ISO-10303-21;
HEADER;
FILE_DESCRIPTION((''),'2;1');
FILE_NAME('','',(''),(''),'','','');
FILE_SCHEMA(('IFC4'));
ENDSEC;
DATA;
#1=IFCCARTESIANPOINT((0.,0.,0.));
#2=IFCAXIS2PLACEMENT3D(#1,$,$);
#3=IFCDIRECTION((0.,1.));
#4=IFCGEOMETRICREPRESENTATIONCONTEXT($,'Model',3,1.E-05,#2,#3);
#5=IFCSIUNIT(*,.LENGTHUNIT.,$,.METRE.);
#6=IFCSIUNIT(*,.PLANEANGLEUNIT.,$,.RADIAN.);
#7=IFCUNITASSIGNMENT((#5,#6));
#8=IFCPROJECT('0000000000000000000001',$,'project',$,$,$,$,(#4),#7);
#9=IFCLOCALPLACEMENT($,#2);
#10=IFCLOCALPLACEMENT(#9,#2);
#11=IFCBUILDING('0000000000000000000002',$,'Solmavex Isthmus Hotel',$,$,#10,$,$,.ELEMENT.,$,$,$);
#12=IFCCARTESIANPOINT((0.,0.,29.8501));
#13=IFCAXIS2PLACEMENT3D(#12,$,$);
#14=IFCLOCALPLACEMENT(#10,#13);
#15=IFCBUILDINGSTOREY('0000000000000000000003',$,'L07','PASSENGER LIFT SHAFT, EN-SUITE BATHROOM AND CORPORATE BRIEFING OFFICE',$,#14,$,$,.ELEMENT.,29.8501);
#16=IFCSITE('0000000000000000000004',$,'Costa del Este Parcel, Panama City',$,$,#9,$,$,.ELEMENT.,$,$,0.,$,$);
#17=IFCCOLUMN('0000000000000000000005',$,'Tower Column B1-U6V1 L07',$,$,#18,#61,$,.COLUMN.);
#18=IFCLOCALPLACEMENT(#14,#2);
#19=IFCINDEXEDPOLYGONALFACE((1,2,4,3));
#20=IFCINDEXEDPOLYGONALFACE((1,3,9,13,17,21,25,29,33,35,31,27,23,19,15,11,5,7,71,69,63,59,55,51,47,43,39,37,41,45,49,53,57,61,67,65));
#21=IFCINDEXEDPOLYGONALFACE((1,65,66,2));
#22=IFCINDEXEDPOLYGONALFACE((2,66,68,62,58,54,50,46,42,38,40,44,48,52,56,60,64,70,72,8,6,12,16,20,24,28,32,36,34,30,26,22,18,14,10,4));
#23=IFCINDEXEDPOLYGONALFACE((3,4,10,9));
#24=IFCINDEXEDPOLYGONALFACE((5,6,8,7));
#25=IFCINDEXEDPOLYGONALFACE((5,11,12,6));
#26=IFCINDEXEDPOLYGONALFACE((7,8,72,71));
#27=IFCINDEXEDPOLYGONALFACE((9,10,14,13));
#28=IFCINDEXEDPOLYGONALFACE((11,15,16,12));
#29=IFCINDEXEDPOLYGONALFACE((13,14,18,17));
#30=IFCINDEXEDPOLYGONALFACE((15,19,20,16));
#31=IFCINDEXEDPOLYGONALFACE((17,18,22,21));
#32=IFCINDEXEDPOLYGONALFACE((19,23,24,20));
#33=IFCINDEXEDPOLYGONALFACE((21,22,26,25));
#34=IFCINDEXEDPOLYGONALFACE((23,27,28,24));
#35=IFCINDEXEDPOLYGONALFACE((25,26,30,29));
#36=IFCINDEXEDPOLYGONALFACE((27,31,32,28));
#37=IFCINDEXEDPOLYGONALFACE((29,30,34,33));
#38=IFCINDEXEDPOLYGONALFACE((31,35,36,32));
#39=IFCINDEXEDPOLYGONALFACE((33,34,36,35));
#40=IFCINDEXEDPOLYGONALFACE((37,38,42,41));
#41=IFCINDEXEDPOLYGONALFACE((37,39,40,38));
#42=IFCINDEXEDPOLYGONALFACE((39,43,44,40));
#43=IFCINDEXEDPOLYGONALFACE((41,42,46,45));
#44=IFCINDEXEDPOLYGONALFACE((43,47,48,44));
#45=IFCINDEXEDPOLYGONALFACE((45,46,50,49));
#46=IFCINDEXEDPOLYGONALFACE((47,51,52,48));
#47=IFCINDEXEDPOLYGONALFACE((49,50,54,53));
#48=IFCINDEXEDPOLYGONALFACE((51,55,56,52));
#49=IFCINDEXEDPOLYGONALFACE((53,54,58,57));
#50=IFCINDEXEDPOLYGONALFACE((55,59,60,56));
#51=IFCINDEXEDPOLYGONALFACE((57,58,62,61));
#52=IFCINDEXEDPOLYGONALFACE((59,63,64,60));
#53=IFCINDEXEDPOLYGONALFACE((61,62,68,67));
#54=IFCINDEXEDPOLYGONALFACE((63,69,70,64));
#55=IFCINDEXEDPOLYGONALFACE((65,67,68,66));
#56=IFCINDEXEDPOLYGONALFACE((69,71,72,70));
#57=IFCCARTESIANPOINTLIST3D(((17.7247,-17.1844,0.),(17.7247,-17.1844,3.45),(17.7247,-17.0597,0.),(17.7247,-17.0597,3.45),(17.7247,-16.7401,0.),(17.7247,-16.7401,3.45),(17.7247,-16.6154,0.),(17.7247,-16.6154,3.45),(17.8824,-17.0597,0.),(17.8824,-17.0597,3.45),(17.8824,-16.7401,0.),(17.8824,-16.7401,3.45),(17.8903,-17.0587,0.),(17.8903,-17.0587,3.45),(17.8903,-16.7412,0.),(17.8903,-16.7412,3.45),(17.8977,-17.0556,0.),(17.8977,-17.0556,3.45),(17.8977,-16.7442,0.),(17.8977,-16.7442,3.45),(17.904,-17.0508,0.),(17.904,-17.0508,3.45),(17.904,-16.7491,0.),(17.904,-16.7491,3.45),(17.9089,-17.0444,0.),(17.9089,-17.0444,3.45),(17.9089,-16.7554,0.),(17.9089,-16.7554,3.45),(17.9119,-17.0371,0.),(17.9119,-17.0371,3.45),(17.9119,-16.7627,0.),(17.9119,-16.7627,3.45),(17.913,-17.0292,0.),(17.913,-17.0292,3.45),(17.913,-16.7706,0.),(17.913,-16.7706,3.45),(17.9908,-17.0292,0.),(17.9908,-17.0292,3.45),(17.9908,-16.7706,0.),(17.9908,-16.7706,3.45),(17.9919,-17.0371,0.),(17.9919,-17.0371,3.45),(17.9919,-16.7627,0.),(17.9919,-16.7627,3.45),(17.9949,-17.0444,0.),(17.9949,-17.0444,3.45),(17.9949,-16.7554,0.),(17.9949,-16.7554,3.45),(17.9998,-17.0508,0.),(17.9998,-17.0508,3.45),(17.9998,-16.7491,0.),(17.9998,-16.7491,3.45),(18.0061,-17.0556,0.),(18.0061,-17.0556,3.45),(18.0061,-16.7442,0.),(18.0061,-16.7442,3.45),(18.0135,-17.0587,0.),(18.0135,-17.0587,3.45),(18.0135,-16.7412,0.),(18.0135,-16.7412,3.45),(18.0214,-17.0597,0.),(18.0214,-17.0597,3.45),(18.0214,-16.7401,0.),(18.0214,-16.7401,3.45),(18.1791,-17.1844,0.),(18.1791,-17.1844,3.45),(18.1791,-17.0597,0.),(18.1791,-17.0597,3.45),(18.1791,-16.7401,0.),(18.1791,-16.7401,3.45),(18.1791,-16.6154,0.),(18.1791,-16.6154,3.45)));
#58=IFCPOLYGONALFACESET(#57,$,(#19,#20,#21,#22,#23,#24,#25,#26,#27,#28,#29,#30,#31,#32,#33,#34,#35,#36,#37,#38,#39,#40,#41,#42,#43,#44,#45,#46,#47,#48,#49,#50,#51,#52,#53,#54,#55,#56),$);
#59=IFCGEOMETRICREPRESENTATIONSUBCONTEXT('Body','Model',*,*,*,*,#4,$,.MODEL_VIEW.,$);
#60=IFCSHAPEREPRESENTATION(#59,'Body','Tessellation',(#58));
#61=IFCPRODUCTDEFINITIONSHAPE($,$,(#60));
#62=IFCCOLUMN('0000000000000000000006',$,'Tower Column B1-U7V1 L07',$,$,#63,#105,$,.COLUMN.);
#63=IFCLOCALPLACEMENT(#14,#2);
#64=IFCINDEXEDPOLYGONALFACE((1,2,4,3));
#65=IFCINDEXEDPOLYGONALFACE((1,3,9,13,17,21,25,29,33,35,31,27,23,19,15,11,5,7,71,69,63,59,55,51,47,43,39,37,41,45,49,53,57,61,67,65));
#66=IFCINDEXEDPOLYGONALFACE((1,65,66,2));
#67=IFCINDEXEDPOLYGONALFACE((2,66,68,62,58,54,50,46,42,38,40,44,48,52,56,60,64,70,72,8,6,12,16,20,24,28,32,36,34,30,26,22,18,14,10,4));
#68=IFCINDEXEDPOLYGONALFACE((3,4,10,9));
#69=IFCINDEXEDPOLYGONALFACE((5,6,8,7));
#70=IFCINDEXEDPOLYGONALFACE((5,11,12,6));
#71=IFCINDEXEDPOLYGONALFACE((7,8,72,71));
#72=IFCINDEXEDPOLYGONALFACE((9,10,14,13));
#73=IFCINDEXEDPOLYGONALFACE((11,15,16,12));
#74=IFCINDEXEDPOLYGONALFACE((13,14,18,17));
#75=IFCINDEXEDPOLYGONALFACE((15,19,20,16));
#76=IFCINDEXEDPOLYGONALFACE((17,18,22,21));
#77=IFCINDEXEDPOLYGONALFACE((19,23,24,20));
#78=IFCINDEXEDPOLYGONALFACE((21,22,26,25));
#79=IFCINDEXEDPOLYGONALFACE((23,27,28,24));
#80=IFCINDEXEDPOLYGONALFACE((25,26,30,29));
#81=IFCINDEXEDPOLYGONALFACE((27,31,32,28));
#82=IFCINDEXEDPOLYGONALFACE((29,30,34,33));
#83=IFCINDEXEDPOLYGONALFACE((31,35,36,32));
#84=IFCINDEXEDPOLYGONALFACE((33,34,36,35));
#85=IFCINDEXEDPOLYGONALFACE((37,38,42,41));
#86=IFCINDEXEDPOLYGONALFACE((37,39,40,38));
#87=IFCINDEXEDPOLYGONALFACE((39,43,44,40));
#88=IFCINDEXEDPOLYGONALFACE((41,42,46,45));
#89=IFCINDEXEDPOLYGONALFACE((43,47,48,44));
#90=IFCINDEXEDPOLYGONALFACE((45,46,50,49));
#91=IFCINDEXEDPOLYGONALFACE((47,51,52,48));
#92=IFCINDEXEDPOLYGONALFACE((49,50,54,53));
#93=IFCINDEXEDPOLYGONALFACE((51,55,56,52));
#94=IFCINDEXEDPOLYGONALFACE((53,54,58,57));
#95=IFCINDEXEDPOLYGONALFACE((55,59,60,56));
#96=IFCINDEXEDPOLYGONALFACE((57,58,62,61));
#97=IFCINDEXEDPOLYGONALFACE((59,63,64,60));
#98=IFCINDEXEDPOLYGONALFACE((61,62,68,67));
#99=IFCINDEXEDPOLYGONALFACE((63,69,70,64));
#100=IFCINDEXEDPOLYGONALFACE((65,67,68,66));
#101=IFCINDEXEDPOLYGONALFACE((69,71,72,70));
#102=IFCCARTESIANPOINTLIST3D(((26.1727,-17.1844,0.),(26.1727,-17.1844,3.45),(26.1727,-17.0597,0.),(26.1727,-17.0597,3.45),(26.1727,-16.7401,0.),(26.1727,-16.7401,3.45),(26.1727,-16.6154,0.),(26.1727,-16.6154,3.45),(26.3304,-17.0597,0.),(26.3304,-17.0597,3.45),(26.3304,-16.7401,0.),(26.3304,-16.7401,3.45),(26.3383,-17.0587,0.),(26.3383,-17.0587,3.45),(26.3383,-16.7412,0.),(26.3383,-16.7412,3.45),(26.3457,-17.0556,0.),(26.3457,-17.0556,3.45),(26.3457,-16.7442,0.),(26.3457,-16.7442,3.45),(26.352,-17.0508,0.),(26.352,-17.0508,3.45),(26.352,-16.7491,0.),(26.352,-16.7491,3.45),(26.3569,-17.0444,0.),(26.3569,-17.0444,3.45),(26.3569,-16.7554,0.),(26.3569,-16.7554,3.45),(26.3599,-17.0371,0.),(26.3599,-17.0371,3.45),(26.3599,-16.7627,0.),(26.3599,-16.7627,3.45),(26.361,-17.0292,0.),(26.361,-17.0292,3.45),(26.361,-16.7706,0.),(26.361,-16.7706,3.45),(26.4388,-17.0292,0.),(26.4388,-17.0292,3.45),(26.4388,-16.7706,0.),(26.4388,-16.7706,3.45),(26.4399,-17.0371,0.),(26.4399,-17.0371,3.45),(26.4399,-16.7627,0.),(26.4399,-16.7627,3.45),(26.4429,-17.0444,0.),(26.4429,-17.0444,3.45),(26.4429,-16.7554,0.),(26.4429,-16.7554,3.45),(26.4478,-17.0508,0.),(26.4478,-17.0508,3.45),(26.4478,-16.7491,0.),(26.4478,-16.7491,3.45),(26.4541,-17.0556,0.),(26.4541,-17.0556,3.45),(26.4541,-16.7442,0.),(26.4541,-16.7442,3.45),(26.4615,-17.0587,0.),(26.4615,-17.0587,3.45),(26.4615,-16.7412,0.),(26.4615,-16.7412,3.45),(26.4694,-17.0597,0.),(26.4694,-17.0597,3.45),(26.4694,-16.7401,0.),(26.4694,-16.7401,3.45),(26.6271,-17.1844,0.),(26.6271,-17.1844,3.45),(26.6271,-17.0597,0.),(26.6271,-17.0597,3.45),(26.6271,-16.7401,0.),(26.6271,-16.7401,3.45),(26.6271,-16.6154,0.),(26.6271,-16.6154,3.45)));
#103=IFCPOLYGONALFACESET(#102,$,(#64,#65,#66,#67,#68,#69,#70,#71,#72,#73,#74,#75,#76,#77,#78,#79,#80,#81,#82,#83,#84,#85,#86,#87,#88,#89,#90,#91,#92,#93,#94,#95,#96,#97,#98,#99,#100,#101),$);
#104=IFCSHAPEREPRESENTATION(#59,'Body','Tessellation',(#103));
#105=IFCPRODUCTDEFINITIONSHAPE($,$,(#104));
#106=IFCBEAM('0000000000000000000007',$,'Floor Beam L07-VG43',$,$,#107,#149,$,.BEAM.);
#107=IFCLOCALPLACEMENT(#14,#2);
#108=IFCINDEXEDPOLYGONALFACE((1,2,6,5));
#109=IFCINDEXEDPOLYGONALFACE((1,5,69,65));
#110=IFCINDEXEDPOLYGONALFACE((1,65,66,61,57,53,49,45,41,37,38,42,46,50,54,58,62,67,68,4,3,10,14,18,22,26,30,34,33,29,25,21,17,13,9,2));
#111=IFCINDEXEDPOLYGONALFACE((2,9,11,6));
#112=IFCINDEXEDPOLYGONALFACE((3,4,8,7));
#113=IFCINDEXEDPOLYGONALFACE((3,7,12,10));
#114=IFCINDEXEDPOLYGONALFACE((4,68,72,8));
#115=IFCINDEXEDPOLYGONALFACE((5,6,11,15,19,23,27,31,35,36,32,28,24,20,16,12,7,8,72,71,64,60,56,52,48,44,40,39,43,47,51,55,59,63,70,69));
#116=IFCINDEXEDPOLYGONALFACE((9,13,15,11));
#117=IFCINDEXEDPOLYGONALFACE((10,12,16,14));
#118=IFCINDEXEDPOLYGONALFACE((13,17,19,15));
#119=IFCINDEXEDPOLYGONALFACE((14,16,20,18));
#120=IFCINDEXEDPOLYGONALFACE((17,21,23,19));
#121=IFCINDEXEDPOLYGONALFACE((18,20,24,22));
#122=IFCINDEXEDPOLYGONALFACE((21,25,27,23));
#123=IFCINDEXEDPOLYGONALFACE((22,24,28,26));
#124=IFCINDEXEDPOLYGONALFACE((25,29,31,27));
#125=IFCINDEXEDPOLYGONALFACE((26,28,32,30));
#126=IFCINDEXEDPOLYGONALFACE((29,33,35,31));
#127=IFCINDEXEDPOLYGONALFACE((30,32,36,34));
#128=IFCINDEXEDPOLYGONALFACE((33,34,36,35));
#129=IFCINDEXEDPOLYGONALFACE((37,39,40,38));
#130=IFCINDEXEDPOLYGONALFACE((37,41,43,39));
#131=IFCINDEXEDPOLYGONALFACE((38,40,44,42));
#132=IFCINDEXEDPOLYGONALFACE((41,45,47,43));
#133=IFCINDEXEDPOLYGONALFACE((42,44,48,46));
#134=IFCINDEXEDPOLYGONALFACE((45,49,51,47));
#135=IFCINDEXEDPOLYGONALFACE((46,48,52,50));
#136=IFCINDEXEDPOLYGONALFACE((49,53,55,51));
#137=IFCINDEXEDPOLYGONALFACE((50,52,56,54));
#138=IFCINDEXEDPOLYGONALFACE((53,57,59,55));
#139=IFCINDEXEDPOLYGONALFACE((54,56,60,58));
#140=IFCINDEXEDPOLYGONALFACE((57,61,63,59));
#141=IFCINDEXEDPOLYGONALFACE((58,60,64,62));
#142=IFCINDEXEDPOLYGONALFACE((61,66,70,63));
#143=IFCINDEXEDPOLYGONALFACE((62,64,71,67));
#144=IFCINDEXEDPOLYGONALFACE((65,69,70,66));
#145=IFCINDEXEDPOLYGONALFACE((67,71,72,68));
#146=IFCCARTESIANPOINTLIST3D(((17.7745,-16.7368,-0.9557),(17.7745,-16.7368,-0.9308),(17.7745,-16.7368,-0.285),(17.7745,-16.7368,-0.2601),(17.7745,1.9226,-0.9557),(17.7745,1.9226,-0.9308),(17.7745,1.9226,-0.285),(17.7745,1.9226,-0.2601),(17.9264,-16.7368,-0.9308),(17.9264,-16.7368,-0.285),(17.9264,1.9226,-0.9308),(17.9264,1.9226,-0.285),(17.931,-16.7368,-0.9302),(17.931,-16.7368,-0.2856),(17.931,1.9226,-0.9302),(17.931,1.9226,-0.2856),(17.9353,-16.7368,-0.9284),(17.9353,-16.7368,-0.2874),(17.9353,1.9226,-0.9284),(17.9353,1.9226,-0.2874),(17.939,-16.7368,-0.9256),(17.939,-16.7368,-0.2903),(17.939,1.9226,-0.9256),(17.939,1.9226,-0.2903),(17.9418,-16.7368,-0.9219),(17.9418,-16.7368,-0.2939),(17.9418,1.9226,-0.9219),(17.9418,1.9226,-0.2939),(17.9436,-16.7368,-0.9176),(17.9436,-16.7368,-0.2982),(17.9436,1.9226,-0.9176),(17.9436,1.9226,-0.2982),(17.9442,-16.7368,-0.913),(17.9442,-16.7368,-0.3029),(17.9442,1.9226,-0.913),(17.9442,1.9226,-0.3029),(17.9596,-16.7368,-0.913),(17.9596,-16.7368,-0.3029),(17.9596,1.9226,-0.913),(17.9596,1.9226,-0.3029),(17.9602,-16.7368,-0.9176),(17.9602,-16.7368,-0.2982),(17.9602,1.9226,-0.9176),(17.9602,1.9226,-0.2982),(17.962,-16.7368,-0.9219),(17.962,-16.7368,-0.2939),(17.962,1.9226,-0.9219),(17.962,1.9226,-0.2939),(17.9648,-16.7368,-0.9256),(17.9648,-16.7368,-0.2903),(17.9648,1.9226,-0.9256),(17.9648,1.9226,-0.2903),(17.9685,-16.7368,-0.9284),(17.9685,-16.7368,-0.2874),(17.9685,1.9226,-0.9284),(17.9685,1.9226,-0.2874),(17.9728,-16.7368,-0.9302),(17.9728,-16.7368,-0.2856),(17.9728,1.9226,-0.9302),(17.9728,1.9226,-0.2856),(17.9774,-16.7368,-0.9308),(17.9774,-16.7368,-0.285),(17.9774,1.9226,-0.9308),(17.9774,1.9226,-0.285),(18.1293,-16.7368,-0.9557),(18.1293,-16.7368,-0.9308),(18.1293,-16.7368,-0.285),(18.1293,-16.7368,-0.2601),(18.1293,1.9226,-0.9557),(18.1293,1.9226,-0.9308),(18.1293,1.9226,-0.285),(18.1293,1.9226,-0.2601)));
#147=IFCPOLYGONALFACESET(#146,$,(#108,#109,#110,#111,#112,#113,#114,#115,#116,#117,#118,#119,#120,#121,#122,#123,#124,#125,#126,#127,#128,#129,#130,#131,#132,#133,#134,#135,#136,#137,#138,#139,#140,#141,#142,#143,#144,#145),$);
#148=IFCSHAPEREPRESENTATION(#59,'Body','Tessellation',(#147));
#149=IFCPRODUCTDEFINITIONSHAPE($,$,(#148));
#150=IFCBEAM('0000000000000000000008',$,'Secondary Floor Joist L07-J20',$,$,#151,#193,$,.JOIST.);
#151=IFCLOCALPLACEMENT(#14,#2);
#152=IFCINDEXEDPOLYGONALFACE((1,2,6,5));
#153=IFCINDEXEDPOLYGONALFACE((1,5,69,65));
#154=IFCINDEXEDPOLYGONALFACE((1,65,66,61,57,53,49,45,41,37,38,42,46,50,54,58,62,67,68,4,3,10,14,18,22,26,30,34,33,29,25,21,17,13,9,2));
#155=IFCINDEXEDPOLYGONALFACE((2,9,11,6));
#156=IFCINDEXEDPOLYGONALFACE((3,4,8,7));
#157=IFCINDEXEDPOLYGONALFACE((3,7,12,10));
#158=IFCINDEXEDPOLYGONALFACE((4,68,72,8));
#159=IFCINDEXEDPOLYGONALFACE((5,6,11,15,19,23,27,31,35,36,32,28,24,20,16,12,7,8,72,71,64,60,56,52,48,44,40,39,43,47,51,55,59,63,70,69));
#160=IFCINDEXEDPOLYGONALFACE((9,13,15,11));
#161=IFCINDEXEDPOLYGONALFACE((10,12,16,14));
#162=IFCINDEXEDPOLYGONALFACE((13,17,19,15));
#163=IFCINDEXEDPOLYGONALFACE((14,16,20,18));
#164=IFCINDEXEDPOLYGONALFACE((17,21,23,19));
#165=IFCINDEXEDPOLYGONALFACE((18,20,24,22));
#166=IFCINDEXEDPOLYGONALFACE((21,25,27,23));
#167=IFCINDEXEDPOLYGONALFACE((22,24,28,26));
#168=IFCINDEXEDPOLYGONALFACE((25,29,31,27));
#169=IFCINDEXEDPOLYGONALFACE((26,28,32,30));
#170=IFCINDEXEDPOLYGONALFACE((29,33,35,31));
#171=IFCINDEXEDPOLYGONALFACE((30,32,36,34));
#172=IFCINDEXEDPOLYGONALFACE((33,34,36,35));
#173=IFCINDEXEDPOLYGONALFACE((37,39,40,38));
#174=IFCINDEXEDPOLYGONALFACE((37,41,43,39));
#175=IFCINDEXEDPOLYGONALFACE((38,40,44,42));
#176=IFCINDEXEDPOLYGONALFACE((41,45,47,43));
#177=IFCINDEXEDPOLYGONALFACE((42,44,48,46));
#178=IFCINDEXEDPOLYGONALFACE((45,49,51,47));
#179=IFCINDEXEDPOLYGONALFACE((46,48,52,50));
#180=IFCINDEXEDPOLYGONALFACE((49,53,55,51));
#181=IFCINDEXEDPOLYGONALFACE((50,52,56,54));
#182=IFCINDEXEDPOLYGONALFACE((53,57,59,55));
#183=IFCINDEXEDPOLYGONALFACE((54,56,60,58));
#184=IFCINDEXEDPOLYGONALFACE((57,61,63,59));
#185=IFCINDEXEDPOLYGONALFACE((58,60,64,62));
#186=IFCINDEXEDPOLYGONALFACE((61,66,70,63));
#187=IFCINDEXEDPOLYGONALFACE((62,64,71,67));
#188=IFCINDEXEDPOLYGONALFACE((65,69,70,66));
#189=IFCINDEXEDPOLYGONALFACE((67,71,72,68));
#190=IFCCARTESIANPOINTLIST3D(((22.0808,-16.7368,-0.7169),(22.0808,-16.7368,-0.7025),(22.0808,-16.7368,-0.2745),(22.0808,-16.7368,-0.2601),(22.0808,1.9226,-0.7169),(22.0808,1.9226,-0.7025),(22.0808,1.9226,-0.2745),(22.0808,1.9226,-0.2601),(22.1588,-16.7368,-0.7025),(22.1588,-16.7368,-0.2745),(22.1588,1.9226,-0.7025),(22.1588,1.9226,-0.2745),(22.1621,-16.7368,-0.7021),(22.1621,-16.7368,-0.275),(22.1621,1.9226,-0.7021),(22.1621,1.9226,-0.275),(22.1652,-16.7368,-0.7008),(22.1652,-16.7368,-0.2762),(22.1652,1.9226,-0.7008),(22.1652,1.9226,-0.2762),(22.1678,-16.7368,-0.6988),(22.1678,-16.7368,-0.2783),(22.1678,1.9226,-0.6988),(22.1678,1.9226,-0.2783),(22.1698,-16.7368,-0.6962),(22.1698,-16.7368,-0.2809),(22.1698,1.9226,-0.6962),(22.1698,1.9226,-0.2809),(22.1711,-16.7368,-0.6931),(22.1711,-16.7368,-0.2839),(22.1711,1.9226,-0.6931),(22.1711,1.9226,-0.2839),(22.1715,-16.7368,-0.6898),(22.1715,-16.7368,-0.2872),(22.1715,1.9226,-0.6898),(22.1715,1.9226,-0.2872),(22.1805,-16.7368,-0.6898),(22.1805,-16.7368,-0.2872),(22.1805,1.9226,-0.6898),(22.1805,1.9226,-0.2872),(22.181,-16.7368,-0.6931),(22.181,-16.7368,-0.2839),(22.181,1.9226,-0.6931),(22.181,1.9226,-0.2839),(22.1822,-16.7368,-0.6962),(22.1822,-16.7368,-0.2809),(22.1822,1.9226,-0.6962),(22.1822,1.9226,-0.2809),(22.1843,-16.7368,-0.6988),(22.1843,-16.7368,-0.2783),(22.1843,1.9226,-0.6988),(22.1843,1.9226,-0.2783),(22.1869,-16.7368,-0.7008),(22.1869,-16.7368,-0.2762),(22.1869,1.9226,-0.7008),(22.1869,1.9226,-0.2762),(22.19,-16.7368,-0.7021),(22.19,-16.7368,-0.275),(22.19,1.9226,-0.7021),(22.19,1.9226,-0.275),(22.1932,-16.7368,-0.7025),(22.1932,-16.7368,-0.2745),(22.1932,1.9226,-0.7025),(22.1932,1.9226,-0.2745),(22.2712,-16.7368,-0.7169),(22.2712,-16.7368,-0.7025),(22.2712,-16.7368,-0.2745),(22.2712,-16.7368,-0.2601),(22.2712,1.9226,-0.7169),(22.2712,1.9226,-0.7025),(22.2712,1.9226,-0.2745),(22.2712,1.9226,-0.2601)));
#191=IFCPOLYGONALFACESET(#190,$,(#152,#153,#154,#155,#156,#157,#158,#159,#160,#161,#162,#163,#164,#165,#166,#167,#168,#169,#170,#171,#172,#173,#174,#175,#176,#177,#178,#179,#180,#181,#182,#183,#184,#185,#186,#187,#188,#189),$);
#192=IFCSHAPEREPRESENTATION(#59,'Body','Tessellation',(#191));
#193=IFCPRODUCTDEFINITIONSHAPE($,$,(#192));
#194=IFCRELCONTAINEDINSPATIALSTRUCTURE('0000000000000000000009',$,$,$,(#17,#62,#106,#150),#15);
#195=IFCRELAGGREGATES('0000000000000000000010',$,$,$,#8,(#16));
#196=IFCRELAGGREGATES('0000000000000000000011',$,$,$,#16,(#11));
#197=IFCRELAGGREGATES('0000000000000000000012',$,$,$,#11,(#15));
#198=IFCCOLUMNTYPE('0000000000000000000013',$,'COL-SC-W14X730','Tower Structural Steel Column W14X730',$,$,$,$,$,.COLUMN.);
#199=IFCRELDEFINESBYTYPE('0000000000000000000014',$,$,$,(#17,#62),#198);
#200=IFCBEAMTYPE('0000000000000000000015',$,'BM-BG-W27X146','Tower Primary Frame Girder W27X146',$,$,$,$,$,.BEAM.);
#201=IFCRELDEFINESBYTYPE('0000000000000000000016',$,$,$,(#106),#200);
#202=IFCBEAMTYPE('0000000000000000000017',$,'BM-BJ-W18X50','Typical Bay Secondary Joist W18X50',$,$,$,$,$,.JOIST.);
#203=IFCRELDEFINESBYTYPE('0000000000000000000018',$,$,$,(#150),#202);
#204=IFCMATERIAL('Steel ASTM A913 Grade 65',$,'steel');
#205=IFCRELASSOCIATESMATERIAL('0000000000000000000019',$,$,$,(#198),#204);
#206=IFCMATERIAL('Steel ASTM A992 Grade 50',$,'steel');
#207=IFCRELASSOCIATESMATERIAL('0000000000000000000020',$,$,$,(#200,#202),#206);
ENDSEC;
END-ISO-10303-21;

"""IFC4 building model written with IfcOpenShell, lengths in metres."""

from ifc_helpers import new_model, si_unit, direction, frame, origin, origin_2d, place, context, subcontext, project, spatial, i_section, extrude, material, material_profile, profile_set, type_object, element, save


model = new_model("IFC4")

# Units and contexts
model_context = context("Model", 3, precision=1e-05, world=origin(), true_north=direction((0.0, 1.0)))
body_context = subcontext(model_context, "Body", "Model", "MODEL_VIEW")
ifc_project = project(units=[si_unit("LENGTHUNIT", "METRE"), si_unit("PLANEANGLEUNIT", "RADIAN")], contexts=[model_context])

# Site, building, storey
site_placement = place(None, origin())
site = spatial("IfcSite", under=ifc_project, at=site_placement, Name="Costa del Este Parcel, Panama City", CompositionType="ELEMENT", RefElevation=0.0)
building_placement = place(site_placement, origin())
building = spatial("IfcBuilding", under=site, at=building_placement, Name="Solmavex Isthmus Hotel", CompositionType="ELEMENT")
storey_placement = place(building_placement, frame((0.0, 0.0, 29.8501)))
storey = spatial("IfcBuildingStorey", under=building, at=storey_placement, Name="L07", Description="PASSENGER LIFT SHAFT, EN-SUITE BATHROOM AND CORPORATE BRIEFING OFFICE", CompositionType="ELEMENT", Elevation=29.8501)

# Columns
ifc_material_1 = material(Name="Steel ASTM A913 Grade 65", Category="steel")
ifc_material_profile_1 = material_profile(ifc_material_1, i_section(OverallWidth=0.4543, OverallDepth=0.5691, WebThickness=0.0779, FlangeThickness=0.1248, FilletRadius=0.0305, at=origin_2d()), Name="W14X730")
ifc_profile_set_1 = profile_set([ifc_material_profile_1], Name="Steel ASTM A913 Grade 65")
column_type = type_object("IfcColumnType", Name="COL-SC-W14X730", Description="Tower Structural Steel Column W14X730", PredefinedType="COLUMN", material=ifc_profile_set_1)
for number, where, z_axis, x_axis, name in (
    (1, (17.9519, -16.8999, 0.0), (0.0, 0.0, 1.0), (1.0, 0.0, 0.0), "Tower Column B1-U6V1 L07"),
    (2, (26.3999, -16.8999, 0.0), (0.0, 0.0, 1.0), (1.0, 0.0, 0.0), "Tower Column B1-U7V1 L07"),
):
    element("IfcColumn", number, at=place(storey_placement, frame(where, z_axis=z_axis, x_axis=x_axis)), inside=storey, type_object=column_type, Name=name, PredefinedType="COLUMN", context=body_context, shape_type="SweptSolid", body=[
        extrude(i_section(OverallWidth=0.4543, OverallDepth=0.5691, WebThickness=0.0779, FlangeThickness=0.1248, FilletRadius=0.0305, at=origin_2d()), origin(), (0.0, 0.0, 1.0), 3.45),
    ])

# Beams
ifc_material_2 = material(Name="Steel ASTM A992 Grade 50", Category="steel")
ifc_material_profile_2 = material_profile(ifc_material_2, i_section(OverallWidth=0.3547, OverallDepth=0.6956, WebThickness=0.0154, FlangeThickness=0.0249, FilletRadius=0.0178, at=origin_2d()), Name="W27X146")
ifc_profile_set_2 = profile_set([ifc_material_profile_2], Name="Steel ASTM A992 Grade 50")
beam_type_1 = type_object("IfcBeamType", Name="BM-BG-W27X146", Description="Tower Primary Frame Girder W27X146", PredefinedType="BEAM", material=ifc_profile_set_2)
beam_1_placement = place(storey_placement, frame((17.9519, -16.7368, -0.6079), z_axis=(0.0, 1.0, 0.0), x_axis=(-1.0, 0.0, 0.0)))
element("IfcBeam", 3, at=beam_1_placement, inside=storey, type_object=beam_type_1, Name="Floor Beam L07-VG43", PredefinedType="BEAM", context=body_context, shape_type="SweptSolid", body=[
    extrude(i_section(OverallWidth=0.3547, OverallDepth=0.6956, WebThickness=0.0154, FlangeThickness=0.0249, FilletRadius=0.0178, at=origin_2d()), origin(), (0.0, 0.0, 1.0), 18.6594),
])
ifc_material_profile_3 = material_profile(ifc_material_2, i_section(OverallWidth=0.1904, OverallDepth=0.4568, WebThickness=0.009, FlangeThickness=0.0144, FilletRadius=0.0127, at=origin_2d()), Name="W18X50")
ifc_profile_set_3 = profile_set([ifc_material_profile_3], Name="Steel ASTM A992 Grade 50")
beam_type_2 = type_object("IfcBeamType", Name="BM-BJ-W18X50", Description="Typical Bay Secondary Joist W18X50", PredefinedType="JOIST", material=ifc_profile_set_3)
beam_2_placement = place(storey_placement, frame((22.176, -16.7368, -0.4885), z_axis=(0.0, 1.0, 0.0), x_axis=(-1.0, 0.0, 0.0)))
element("IfcBeam", 4, at=beam_2_placement, inside=storey, type_object=beam_type_2, Name="Secondary Floor Joist L07-J20", PredefinedType="JOIST", context=body_context, shape_type="SweptSolid", body=[
    extrude(i_section(OverallWidth=0.1904, OverallDepth=0.4568, WebThickness=0.009, FlangeThickness=0.0144, FilletRadius=0.0127, at=origin_2d()), origin(), (0.0, 0.0, 1.0), 18.6594),
])

save(model, "model.ifc")
